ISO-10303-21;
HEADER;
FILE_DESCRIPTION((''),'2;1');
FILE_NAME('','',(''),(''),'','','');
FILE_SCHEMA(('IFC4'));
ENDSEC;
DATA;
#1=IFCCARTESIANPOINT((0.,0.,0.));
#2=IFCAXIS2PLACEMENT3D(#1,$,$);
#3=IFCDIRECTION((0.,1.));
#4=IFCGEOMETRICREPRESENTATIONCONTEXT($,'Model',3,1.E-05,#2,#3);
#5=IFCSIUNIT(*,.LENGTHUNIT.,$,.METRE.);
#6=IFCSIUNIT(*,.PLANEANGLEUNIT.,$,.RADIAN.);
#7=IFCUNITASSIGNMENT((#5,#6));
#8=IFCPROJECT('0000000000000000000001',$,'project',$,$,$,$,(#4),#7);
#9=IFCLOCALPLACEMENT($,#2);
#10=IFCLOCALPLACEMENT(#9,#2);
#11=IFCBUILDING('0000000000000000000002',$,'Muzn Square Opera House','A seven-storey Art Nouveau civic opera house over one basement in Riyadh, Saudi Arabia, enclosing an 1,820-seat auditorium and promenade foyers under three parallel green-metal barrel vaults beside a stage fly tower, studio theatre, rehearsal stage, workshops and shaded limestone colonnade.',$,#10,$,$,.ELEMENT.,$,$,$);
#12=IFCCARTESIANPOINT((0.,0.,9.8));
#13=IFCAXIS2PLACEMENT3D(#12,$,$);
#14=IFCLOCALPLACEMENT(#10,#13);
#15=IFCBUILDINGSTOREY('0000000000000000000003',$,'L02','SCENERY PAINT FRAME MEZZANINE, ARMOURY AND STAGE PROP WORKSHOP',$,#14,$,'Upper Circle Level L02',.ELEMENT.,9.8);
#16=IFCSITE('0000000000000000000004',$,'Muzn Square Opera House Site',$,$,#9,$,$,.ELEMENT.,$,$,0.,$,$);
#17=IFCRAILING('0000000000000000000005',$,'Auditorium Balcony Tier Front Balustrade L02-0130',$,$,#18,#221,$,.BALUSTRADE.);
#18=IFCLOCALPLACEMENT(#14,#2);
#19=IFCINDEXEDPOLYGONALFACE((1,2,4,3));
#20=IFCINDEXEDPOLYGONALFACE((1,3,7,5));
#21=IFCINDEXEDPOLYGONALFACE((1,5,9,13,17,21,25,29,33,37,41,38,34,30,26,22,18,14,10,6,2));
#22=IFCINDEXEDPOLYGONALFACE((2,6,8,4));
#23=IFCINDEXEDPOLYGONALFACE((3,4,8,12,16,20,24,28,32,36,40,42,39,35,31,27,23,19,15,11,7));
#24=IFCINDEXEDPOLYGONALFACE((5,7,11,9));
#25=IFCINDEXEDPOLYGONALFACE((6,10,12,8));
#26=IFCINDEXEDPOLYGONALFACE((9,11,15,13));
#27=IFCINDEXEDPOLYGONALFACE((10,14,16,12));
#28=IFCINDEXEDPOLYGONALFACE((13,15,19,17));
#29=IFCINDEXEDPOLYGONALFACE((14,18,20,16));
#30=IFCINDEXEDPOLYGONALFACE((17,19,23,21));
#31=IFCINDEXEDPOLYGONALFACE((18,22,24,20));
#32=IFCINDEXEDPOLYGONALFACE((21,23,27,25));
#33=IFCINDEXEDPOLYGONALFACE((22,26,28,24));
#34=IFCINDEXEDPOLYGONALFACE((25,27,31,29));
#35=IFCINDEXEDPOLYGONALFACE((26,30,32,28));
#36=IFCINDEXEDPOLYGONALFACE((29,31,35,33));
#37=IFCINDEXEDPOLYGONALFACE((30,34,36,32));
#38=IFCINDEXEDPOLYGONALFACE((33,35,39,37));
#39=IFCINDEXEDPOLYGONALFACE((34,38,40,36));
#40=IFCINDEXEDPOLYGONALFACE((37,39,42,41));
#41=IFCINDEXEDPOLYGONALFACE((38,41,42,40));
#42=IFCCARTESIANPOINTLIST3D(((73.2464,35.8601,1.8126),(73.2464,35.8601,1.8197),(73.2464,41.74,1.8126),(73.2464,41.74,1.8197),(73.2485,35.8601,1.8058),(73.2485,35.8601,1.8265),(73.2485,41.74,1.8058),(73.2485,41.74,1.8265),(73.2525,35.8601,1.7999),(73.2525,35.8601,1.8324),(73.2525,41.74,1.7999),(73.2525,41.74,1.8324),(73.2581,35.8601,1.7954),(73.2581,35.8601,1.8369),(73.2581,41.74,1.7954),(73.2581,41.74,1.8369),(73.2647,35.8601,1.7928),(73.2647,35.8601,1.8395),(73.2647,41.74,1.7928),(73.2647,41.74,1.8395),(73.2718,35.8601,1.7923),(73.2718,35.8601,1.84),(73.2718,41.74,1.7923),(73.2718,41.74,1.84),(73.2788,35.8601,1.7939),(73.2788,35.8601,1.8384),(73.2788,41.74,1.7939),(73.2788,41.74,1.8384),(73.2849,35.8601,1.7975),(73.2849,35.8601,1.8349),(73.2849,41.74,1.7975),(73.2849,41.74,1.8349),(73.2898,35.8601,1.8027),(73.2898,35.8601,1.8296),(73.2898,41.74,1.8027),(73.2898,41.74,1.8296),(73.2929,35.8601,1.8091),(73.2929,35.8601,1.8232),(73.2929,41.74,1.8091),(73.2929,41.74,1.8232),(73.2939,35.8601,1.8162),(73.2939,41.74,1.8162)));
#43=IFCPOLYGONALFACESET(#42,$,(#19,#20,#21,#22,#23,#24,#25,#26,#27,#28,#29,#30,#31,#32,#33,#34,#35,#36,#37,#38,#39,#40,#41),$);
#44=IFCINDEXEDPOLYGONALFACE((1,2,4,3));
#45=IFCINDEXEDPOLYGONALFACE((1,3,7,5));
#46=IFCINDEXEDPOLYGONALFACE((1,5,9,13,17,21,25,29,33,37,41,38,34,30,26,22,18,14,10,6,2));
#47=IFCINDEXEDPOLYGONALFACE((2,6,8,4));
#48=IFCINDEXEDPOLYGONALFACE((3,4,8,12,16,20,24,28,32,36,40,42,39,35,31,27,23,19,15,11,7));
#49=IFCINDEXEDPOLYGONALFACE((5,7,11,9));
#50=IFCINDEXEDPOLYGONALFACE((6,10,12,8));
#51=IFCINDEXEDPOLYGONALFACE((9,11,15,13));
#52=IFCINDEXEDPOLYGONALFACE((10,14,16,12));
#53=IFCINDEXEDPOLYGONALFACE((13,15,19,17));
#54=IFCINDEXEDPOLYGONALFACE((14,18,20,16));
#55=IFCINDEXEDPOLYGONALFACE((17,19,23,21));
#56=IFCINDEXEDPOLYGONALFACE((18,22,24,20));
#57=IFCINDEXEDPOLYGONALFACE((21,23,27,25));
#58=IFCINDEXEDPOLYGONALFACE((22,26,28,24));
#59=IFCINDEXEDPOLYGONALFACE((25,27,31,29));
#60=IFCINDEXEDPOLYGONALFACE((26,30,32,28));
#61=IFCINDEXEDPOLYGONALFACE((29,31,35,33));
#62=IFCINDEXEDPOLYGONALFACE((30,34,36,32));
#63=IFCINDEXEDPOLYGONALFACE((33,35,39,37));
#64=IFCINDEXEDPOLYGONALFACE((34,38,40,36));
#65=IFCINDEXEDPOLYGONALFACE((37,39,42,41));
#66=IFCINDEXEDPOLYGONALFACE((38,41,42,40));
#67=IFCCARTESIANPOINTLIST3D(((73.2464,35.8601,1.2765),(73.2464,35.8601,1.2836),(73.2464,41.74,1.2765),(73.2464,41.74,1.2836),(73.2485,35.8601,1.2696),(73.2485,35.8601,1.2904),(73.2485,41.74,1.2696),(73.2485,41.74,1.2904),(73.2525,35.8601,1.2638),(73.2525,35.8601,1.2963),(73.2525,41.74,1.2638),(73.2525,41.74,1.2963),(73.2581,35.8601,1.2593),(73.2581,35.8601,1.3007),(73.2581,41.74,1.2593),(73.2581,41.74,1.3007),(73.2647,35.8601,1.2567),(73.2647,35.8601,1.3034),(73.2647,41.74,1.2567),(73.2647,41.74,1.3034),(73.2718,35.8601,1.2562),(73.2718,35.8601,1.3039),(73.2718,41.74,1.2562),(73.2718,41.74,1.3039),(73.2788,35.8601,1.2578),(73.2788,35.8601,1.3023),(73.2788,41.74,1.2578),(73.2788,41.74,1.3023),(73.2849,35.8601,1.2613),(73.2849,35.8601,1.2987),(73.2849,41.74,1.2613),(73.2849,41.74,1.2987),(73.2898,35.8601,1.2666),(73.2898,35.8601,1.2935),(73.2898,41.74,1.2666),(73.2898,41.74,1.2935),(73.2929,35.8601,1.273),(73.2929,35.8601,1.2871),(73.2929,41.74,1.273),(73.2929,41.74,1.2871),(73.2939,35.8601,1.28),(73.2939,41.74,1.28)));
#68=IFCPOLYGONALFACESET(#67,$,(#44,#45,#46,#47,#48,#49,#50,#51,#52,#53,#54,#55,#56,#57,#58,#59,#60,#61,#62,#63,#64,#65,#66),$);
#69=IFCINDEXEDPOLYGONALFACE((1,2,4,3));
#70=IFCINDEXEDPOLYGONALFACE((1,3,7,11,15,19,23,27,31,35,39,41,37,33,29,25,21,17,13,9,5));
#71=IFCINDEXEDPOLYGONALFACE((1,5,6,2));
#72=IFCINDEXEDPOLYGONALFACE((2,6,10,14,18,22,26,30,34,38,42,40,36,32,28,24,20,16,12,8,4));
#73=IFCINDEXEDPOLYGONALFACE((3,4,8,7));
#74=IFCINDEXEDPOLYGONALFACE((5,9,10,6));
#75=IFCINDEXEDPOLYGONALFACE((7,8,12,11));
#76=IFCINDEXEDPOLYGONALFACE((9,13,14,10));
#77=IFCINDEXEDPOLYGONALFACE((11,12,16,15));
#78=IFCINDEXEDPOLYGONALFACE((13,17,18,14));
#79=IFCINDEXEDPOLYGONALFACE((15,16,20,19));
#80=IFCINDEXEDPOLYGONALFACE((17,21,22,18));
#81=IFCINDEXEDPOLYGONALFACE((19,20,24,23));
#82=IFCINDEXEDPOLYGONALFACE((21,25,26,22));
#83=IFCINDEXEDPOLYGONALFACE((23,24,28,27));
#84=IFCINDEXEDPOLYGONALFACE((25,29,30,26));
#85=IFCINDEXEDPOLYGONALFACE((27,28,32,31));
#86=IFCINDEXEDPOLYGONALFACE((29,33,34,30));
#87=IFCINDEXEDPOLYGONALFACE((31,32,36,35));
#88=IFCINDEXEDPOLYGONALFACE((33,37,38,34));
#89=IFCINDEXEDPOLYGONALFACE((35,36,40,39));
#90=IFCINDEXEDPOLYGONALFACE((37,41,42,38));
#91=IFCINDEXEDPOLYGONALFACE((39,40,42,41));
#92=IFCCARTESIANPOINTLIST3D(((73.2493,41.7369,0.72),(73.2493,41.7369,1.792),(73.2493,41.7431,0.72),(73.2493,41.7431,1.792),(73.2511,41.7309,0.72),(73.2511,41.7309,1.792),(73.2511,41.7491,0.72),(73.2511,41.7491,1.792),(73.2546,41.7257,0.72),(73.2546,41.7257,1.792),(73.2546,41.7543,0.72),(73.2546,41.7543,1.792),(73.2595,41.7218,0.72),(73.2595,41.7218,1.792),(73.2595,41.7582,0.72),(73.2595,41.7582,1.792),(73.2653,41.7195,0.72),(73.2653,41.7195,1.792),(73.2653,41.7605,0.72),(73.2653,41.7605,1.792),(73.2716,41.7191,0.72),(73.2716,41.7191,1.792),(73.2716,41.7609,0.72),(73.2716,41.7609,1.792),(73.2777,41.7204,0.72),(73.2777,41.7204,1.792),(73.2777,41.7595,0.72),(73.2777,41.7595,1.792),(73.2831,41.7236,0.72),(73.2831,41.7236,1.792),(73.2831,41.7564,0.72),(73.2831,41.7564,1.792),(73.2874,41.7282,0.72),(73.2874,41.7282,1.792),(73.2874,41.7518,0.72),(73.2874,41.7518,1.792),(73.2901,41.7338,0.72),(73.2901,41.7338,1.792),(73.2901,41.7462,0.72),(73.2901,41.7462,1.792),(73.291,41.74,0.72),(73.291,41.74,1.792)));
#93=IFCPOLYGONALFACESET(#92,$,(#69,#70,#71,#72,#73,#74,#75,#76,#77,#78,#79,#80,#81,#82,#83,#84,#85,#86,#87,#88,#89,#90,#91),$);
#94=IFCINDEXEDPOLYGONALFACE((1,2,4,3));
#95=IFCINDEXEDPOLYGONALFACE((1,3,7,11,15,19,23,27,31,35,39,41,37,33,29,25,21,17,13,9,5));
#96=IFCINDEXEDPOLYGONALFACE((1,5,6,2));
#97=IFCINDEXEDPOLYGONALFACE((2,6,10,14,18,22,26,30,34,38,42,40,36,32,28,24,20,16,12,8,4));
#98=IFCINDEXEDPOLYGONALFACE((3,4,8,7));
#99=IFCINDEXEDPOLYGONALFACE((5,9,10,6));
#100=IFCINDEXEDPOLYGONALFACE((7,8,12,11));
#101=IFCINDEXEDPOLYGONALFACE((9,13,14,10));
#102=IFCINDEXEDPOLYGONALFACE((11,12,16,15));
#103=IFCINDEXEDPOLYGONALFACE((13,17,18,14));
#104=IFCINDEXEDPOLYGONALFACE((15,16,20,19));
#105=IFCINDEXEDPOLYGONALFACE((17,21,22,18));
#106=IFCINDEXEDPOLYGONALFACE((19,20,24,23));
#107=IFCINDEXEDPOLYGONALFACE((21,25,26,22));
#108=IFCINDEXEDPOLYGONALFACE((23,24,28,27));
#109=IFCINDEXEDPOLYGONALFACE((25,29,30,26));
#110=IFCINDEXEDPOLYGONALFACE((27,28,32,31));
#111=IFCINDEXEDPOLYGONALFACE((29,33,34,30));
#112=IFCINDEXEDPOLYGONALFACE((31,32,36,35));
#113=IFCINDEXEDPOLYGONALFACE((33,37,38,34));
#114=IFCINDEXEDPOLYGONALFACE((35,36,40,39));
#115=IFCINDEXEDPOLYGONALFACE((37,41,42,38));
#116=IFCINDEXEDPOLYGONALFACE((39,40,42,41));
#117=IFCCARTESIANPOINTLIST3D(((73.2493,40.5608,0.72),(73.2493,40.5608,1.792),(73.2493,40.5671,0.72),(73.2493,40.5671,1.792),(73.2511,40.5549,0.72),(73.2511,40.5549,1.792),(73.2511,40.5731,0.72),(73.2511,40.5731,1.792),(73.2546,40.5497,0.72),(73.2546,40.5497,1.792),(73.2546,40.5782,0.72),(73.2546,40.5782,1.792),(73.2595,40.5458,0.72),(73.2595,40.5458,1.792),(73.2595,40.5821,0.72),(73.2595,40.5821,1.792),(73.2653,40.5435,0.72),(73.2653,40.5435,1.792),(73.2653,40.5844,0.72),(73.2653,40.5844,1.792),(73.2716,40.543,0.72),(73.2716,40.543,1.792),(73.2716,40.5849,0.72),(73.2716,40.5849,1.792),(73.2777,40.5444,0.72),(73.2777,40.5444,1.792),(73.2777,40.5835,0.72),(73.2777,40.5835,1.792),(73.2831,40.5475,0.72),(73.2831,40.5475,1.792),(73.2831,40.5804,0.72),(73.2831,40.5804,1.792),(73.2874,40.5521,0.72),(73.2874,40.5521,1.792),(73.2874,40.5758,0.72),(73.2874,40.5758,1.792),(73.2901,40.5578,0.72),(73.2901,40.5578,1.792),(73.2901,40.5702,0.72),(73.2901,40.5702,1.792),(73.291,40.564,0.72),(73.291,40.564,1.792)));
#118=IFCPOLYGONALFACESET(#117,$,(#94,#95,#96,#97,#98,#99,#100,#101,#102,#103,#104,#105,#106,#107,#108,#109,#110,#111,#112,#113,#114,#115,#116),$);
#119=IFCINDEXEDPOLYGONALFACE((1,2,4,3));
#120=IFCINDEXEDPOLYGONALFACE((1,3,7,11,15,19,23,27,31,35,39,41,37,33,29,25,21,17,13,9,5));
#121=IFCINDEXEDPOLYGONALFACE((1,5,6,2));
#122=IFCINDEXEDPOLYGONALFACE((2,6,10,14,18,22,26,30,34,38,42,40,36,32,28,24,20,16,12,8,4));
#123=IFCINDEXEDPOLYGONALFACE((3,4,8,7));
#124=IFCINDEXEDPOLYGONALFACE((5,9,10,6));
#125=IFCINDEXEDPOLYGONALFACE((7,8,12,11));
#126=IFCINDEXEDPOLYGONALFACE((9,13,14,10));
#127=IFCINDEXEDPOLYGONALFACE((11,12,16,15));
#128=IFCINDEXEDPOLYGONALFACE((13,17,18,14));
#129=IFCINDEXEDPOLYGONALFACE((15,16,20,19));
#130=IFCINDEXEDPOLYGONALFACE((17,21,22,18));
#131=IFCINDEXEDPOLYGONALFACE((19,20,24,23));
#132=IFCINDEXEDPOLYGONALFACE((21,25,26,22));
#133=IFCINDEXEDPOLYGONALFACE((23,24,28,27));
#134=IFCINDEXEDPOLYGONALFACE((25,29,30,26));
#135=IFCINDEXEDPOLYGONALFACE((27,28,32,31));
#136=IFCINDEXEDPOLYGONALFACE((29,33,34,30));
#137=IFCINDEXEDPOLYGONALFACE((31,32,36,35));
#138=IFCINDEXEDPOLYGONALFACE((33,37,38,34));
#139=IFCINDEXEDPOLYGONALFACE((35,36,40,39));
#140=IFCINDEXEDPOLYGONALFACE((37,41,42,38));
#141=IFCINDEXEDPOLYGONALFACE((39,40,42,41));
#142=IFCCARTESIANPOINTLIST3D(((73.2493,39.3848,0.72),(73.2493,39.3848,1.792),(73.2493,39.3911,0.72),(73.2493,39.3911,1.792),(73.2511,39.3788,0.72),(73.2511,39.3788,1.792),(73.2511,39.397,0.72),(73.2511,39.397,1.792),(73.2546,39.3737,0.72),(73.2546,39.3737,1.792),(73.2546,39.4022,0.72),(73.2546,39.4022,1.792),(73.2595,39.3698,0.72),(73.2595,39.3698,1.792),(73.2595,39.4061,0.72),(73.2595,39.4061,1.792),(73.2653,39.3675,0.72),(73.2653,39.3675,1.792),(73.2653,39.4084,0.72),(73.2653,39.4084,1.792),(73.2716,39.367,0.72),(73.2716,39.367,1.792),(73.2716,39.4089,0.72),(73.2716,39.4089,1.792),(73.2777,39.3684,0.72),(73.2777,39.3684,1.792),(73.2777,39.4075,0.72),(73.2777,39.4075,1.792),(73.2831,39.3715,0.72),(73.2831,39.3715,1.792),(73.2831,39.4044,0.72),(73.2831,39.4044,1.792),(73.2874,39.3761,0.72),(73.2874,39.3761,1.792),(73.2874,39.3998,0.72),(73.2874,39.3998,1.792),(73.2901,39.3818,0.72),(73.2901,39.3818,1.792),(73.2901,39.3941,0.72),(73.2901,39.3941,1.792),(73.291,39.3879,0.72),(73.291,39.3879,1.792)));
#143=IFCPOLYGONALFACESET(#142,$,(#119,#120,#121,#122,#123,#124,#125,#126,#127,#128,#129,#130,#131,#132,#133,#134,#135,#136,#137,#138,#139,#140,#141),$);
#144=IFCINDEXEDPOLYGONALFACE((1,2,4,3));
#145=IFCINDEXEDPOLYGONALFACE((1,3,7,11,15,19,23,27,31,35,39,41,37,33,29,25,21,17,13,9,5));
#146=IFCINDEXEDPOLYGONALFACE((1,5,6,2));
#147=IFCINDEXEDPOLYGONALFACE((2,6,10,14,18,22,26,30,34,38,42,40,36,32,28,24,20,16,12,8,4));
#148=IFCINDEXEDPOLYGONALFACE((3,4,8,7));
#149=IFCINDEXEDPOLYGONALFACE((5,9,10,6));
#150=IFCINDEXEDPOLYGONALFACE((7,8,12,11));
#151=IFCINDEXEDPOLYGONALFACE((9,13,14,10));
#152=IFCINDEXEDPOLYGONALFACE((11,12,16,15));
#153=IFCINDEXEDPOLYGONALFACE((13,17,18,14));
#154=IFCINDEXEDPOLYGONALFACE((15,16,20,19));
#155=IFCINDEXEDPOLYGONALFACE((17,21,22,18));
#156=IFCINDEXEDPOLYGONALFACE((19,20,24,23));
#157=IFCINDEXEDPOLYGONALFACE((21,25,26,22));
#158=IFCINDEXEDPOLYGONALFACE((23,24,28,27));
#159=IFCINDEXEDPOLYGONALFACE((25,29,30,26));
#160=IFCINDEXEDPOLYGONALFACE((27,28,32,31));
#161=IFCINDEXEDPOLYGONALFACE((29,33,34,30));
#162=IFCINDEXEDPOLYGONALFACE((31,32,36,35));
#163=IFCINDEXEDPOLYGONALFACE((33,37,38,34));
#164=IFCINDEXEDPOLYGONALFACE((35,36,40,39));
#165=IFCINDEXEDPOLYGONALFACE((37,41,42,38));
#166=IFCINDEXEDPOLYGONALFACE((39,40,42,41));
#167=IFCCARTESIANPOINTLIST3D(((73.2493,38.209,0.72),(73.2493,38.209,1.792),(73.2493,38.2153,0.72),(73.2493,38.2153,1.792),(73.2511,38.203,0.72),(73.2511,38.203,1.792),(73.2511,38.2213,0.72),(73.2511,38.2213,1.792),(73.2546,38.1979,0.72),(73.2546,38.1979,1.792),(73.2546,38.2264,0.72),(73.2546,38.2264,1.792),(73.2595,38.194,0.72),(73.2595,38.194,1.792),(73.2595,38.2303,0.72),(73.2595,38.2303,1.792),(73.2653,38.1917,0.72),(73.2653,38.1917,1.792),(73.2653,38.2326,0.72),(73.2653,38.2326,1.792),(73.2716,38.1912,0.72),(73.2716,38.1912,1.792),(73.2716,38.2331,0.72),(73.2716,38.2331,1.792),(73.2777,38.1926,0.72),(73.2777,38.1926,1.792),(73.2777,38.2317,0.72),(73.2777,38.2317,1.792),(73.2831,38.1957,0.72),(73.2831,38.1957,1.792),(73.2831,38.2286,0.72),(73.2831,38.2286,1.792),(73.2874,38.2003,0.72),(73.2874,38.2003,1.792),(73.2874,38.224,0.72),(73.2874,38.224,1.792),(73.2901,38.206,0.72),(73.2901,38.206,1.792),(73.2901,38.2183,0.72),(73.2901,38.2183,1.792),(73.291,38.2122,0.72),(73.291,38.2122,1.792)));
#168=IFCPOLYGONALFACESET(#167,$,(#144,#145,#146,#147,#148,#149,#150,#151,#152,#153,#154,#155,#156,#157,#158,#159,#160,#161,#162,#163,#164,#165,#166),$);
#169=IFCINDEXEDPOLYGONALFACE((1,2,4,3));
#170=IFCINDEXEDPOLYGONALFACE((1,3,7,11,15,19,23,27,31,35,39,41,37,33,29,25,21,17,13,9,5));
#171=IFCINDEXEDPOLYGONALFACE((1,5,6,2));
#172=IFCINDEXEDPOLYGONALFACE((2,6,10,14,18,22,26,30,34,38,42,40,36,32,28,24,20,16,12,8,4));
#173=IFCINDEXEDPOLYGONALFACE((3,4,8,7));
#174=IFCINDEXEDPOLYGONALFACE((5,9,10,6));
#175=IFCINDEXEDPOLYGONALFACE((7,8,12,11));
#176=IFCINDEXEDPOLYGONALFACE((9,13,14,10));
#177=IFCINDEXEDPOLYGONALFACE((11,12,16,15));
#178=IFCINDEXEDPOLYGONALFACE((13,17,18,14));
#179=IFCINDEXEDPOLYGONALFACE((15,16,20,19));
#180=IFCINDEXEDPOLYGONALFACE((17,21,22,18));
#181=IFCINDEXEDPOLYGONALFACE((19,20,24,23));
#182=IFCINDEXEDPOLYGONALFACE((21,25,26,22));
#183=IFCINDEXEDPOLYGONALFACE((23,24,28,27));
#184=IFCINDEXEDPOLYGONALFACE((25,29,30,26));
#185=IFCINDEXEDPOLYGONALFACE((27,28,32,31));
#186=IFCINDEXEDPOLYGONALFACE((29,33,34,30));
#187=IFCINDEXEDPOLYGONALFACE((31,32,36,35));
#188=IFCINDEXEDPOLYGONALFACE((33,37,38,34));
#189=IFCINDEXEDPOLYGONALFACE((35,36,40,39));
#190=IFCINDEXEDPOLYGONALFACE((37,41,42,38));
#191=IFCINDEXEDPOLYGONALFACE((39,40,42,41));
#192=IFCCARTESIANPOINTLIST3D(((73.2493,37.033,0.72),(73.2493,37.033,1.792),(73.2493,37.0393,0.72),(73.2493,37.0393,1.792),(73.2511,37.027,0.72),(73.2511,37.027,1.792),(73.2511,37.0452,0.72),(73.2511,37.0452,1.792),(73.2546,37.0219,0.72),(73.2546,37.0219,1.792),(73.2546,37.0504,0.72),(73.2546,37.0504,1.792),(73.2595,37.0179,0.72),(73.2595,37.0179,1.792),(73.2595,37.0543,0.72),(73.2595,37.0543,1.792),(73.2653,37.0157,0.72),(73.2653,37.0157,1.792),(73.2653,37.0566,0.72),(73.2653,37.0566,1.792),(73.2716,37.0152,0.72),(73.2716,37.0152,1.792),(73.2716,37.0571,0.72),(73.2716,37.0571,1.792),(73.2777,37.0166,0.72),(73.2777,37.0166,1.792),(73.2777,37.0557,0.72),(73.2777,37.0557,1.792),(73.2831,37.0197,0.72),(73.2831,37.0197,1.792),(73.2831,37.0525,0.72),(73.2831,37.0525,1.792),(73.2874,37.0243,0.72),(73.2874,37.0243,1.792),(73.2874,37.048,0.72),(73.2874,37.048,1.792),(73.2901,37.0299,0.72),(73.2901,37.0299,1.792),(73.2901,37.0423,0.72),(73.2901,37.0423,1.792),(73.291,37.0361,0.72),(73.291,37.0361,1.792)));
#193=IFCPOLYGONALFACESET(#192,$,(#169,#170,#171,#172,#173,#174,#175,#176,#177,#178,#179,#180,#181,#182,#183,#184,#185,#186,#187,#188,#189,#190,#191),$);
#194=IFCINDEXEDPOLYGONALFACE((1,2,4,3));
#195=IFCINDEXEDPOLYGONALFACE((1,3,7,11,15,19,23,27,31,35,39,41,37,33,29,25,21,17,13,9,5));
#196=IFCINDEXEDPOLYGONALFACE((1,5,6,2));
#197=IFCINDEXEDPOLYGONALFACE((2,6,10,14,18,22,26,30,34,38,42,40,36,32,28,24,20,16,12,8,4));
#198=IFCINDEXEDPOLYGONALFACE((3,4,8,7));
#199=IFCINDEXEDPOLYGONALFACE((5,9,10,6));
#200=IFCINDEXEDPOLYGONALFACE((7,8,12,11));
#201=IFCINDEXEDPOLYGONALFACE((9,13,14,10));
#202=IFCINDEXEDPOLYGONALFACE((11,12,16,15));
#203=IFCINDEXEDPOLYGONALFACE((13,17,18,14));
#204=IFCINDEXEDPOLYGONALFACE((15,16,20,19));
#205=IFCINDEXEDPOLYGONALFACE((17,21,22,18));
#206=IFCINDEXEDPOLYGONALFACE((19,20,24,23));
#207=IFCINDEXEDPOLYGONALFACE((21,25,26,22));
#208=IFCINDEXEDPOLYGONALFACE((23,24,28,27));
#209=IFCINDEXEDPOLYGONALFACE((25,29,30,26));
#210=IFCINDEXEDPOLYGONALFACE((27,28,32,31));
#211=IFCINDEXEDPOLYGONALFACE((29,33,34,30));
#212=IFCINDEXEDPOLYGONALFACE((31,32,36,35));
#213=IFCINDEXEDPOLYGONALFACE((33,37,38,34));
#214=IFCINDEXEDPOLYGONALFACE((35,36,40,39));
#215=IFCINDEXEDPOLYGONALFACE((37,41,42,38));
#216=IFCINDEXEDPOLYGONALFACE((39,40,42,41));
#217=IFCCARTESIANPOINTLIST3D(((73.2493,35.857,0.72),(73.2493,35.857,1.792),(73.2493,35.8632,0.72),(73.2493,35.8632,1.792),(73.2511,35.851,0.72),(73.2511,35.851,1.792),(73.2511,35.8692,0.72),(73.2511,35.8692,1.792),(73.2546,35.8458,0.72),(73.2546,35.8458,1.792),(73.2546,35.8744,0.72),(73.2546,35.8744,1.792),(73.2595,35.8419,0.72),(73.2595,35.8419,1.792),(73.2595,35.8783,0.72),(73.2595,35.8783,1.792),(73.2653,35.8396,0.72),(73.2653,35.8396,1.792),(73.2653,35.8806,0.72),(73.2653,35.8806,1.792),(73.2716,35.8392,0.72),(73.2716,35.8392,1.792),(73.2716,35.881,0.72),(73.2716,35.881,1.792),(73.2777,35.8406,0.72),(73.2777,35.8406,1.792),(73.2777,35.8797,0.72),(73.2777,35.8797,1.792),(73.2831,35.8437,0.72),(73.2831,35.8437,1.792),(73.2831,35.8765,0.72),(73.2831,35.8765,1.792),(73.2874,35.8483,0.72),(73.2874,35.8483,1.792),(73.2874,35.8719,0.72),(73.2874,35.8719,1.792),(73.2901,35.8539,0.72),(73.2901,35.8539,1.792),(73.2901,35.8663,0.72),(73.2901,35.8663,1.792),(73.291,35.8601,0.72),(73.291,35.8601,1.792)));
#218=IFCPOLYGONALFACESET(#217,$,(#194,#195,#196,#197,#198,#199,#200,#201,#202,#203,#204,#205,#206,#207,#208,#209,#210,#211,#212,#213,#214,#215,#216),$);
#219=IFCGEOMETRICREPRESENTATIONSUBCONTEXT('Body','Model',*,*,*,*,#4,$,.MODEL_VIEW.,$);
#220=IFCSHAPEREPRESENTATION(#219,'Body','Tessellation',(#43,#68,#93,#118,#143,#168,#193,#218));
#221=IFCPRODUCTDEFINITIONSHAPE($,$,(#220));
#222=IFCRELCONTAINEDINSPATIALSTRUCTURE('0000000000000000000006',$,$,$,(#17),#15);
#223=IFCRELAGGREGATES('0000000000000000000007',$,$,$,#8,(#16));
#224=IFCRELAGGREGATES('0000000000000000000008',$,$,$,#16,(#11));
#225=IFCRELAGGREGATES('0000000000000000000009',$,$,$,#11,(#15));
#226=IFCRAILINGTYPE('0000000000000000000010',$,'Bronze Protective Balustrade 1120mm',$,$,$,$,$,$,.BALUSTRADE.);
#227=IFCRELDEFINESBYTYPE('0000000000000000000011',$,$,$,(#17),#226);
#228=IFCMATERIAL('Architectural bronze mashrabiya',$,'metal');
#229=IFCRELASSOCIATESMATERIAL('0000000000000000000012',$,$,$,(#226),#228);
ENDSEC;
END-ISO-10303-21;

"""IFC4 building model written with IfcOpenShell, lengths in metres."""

from ifc_helpers import new_model, si_unit, direction, frame, origin, origin_2d, place, context, subcontext, project, spatial, circle, extrude, material, type_object, element, save


model = new_model("IFC4")

# Units and contexts
model_context = context("Model", 3, precision=1e-05, world=origin(), true_north=direction((0.0, 1.0)))
body_context = subcontext(model_context, "Body", "Model", "MODEL_VIEW")
ifc_project = project(units=[si_unit("LENGTHUNIT", "METRE"), si_unit("PLANEANGLEUNIT", "RADIAN")], contexts=[model_context])

# Site, building, storey
site_placement = place(None, origin())
site = spatial("IfcSite", under=ifc_project, at=site_placement, Name="Muzn Square Opera House Site", CompositionType="ELEMENT", RefElevation=0.0)
building_placement = place(site_placement, origin())
building = spatial("IfcBuilding", under=site, at=building_placement, Name="Muzn Square Opera House", Description="A seven-storey Art Nouveau civic opera house over one basement in Riyadh, Saudi Arabia, enclosing an 1,820-seat auditorium and promenade foyers under three parallel green-metal barrel vaults beside a stage fly tower, studio theatre, rehearsal stage, workshops and shaded limestone colonnade.", CompositionType="ELEMENT")
storey_placement = place(building_placement, frame((0.0, 0.0, 9.8)))
storey = spatial("IfcBuildingStorey", under=building, at=storey_placement, Name="L02", Description="SCENERY PAINT FRAME MEZZANINE, ARMOURY AND STAGE PROP WORKSHOP", LongName="Upper Circle Level L02", CompositionType="ELEMENT", Elevation=9.8)

# Railing
ifc_material_1 = material(Name="Architectural bronze mashrabiya", Category="metal")
railing_type = type_object("IfcRailingType", Name="Bronze Protective Balustrade 1120mm", PredefinedType="BALUSTRADE", material=ifc_material_1)
railing_1_placement = place(storey_placement, frame((73.27, 41.74, 0.72)))
element("IfcRailing", 1, at=railing_1_placement, inside=storey, type_object=railing_type, Name="Auditorium Balcony Tier Front Balustrade L02-0130", PredefinedType="BALUSTRADE", context=body_context, shape_type="SweptSolid", body=[
    extrude(circle(Radius=0.0239, at=origin_2d()), frame((0.0, 0.0, 1.0962), z_axis=(0.0, -1.0, 0.0), x_axis=(1.0, 0.0, 0.0)), (0.0, 0.0, 1.0), 5.8799),
    extrude(circle(Radius=0.0239, at=origin_2d()), frame((0.0, 0.0, 0.5601), z_axis=(0.0, -1.0, 0.0), x_axis=(1.0, 0.0, 0.0)), (0.0, 0.0, 1.0), 5.8799),
    extrude(circle(Radius=0.021, at=origin_2d()), origin(), (0.0, 0.0, 1.0), 1.072),
    extrude(circle(Radius=0.021, at=origin_2d()), frame((0.0, -1.176, 0.0)), (0.0, 0.0, 1.0), 1.072),
    extrude(circle(Radius=0.021, at=origin_2d()), frame((0.0, -2.3521, 0.0)), (0.0, 0.0, 1.0), 1.072),
    extrude(circle(Radius=0.021, at=origin_2d()), frame((0.0, -3.5278, 0.0)), (0.0, 0.0, 1.0), 1.072),
    extrude(circle(Radius=0.021, at=origin_2d()), frame((0.0, -4.7039, 0.0)), (0.0, 0.0, 1.0), 1.072),
    extrude(circle(Radius=0.021, at=origin_2d()), frame((0.0, -5.8799, 0.0)), (0.0, 0.0, 1.0), 1.072),
])

save(model, "model.ifc")
